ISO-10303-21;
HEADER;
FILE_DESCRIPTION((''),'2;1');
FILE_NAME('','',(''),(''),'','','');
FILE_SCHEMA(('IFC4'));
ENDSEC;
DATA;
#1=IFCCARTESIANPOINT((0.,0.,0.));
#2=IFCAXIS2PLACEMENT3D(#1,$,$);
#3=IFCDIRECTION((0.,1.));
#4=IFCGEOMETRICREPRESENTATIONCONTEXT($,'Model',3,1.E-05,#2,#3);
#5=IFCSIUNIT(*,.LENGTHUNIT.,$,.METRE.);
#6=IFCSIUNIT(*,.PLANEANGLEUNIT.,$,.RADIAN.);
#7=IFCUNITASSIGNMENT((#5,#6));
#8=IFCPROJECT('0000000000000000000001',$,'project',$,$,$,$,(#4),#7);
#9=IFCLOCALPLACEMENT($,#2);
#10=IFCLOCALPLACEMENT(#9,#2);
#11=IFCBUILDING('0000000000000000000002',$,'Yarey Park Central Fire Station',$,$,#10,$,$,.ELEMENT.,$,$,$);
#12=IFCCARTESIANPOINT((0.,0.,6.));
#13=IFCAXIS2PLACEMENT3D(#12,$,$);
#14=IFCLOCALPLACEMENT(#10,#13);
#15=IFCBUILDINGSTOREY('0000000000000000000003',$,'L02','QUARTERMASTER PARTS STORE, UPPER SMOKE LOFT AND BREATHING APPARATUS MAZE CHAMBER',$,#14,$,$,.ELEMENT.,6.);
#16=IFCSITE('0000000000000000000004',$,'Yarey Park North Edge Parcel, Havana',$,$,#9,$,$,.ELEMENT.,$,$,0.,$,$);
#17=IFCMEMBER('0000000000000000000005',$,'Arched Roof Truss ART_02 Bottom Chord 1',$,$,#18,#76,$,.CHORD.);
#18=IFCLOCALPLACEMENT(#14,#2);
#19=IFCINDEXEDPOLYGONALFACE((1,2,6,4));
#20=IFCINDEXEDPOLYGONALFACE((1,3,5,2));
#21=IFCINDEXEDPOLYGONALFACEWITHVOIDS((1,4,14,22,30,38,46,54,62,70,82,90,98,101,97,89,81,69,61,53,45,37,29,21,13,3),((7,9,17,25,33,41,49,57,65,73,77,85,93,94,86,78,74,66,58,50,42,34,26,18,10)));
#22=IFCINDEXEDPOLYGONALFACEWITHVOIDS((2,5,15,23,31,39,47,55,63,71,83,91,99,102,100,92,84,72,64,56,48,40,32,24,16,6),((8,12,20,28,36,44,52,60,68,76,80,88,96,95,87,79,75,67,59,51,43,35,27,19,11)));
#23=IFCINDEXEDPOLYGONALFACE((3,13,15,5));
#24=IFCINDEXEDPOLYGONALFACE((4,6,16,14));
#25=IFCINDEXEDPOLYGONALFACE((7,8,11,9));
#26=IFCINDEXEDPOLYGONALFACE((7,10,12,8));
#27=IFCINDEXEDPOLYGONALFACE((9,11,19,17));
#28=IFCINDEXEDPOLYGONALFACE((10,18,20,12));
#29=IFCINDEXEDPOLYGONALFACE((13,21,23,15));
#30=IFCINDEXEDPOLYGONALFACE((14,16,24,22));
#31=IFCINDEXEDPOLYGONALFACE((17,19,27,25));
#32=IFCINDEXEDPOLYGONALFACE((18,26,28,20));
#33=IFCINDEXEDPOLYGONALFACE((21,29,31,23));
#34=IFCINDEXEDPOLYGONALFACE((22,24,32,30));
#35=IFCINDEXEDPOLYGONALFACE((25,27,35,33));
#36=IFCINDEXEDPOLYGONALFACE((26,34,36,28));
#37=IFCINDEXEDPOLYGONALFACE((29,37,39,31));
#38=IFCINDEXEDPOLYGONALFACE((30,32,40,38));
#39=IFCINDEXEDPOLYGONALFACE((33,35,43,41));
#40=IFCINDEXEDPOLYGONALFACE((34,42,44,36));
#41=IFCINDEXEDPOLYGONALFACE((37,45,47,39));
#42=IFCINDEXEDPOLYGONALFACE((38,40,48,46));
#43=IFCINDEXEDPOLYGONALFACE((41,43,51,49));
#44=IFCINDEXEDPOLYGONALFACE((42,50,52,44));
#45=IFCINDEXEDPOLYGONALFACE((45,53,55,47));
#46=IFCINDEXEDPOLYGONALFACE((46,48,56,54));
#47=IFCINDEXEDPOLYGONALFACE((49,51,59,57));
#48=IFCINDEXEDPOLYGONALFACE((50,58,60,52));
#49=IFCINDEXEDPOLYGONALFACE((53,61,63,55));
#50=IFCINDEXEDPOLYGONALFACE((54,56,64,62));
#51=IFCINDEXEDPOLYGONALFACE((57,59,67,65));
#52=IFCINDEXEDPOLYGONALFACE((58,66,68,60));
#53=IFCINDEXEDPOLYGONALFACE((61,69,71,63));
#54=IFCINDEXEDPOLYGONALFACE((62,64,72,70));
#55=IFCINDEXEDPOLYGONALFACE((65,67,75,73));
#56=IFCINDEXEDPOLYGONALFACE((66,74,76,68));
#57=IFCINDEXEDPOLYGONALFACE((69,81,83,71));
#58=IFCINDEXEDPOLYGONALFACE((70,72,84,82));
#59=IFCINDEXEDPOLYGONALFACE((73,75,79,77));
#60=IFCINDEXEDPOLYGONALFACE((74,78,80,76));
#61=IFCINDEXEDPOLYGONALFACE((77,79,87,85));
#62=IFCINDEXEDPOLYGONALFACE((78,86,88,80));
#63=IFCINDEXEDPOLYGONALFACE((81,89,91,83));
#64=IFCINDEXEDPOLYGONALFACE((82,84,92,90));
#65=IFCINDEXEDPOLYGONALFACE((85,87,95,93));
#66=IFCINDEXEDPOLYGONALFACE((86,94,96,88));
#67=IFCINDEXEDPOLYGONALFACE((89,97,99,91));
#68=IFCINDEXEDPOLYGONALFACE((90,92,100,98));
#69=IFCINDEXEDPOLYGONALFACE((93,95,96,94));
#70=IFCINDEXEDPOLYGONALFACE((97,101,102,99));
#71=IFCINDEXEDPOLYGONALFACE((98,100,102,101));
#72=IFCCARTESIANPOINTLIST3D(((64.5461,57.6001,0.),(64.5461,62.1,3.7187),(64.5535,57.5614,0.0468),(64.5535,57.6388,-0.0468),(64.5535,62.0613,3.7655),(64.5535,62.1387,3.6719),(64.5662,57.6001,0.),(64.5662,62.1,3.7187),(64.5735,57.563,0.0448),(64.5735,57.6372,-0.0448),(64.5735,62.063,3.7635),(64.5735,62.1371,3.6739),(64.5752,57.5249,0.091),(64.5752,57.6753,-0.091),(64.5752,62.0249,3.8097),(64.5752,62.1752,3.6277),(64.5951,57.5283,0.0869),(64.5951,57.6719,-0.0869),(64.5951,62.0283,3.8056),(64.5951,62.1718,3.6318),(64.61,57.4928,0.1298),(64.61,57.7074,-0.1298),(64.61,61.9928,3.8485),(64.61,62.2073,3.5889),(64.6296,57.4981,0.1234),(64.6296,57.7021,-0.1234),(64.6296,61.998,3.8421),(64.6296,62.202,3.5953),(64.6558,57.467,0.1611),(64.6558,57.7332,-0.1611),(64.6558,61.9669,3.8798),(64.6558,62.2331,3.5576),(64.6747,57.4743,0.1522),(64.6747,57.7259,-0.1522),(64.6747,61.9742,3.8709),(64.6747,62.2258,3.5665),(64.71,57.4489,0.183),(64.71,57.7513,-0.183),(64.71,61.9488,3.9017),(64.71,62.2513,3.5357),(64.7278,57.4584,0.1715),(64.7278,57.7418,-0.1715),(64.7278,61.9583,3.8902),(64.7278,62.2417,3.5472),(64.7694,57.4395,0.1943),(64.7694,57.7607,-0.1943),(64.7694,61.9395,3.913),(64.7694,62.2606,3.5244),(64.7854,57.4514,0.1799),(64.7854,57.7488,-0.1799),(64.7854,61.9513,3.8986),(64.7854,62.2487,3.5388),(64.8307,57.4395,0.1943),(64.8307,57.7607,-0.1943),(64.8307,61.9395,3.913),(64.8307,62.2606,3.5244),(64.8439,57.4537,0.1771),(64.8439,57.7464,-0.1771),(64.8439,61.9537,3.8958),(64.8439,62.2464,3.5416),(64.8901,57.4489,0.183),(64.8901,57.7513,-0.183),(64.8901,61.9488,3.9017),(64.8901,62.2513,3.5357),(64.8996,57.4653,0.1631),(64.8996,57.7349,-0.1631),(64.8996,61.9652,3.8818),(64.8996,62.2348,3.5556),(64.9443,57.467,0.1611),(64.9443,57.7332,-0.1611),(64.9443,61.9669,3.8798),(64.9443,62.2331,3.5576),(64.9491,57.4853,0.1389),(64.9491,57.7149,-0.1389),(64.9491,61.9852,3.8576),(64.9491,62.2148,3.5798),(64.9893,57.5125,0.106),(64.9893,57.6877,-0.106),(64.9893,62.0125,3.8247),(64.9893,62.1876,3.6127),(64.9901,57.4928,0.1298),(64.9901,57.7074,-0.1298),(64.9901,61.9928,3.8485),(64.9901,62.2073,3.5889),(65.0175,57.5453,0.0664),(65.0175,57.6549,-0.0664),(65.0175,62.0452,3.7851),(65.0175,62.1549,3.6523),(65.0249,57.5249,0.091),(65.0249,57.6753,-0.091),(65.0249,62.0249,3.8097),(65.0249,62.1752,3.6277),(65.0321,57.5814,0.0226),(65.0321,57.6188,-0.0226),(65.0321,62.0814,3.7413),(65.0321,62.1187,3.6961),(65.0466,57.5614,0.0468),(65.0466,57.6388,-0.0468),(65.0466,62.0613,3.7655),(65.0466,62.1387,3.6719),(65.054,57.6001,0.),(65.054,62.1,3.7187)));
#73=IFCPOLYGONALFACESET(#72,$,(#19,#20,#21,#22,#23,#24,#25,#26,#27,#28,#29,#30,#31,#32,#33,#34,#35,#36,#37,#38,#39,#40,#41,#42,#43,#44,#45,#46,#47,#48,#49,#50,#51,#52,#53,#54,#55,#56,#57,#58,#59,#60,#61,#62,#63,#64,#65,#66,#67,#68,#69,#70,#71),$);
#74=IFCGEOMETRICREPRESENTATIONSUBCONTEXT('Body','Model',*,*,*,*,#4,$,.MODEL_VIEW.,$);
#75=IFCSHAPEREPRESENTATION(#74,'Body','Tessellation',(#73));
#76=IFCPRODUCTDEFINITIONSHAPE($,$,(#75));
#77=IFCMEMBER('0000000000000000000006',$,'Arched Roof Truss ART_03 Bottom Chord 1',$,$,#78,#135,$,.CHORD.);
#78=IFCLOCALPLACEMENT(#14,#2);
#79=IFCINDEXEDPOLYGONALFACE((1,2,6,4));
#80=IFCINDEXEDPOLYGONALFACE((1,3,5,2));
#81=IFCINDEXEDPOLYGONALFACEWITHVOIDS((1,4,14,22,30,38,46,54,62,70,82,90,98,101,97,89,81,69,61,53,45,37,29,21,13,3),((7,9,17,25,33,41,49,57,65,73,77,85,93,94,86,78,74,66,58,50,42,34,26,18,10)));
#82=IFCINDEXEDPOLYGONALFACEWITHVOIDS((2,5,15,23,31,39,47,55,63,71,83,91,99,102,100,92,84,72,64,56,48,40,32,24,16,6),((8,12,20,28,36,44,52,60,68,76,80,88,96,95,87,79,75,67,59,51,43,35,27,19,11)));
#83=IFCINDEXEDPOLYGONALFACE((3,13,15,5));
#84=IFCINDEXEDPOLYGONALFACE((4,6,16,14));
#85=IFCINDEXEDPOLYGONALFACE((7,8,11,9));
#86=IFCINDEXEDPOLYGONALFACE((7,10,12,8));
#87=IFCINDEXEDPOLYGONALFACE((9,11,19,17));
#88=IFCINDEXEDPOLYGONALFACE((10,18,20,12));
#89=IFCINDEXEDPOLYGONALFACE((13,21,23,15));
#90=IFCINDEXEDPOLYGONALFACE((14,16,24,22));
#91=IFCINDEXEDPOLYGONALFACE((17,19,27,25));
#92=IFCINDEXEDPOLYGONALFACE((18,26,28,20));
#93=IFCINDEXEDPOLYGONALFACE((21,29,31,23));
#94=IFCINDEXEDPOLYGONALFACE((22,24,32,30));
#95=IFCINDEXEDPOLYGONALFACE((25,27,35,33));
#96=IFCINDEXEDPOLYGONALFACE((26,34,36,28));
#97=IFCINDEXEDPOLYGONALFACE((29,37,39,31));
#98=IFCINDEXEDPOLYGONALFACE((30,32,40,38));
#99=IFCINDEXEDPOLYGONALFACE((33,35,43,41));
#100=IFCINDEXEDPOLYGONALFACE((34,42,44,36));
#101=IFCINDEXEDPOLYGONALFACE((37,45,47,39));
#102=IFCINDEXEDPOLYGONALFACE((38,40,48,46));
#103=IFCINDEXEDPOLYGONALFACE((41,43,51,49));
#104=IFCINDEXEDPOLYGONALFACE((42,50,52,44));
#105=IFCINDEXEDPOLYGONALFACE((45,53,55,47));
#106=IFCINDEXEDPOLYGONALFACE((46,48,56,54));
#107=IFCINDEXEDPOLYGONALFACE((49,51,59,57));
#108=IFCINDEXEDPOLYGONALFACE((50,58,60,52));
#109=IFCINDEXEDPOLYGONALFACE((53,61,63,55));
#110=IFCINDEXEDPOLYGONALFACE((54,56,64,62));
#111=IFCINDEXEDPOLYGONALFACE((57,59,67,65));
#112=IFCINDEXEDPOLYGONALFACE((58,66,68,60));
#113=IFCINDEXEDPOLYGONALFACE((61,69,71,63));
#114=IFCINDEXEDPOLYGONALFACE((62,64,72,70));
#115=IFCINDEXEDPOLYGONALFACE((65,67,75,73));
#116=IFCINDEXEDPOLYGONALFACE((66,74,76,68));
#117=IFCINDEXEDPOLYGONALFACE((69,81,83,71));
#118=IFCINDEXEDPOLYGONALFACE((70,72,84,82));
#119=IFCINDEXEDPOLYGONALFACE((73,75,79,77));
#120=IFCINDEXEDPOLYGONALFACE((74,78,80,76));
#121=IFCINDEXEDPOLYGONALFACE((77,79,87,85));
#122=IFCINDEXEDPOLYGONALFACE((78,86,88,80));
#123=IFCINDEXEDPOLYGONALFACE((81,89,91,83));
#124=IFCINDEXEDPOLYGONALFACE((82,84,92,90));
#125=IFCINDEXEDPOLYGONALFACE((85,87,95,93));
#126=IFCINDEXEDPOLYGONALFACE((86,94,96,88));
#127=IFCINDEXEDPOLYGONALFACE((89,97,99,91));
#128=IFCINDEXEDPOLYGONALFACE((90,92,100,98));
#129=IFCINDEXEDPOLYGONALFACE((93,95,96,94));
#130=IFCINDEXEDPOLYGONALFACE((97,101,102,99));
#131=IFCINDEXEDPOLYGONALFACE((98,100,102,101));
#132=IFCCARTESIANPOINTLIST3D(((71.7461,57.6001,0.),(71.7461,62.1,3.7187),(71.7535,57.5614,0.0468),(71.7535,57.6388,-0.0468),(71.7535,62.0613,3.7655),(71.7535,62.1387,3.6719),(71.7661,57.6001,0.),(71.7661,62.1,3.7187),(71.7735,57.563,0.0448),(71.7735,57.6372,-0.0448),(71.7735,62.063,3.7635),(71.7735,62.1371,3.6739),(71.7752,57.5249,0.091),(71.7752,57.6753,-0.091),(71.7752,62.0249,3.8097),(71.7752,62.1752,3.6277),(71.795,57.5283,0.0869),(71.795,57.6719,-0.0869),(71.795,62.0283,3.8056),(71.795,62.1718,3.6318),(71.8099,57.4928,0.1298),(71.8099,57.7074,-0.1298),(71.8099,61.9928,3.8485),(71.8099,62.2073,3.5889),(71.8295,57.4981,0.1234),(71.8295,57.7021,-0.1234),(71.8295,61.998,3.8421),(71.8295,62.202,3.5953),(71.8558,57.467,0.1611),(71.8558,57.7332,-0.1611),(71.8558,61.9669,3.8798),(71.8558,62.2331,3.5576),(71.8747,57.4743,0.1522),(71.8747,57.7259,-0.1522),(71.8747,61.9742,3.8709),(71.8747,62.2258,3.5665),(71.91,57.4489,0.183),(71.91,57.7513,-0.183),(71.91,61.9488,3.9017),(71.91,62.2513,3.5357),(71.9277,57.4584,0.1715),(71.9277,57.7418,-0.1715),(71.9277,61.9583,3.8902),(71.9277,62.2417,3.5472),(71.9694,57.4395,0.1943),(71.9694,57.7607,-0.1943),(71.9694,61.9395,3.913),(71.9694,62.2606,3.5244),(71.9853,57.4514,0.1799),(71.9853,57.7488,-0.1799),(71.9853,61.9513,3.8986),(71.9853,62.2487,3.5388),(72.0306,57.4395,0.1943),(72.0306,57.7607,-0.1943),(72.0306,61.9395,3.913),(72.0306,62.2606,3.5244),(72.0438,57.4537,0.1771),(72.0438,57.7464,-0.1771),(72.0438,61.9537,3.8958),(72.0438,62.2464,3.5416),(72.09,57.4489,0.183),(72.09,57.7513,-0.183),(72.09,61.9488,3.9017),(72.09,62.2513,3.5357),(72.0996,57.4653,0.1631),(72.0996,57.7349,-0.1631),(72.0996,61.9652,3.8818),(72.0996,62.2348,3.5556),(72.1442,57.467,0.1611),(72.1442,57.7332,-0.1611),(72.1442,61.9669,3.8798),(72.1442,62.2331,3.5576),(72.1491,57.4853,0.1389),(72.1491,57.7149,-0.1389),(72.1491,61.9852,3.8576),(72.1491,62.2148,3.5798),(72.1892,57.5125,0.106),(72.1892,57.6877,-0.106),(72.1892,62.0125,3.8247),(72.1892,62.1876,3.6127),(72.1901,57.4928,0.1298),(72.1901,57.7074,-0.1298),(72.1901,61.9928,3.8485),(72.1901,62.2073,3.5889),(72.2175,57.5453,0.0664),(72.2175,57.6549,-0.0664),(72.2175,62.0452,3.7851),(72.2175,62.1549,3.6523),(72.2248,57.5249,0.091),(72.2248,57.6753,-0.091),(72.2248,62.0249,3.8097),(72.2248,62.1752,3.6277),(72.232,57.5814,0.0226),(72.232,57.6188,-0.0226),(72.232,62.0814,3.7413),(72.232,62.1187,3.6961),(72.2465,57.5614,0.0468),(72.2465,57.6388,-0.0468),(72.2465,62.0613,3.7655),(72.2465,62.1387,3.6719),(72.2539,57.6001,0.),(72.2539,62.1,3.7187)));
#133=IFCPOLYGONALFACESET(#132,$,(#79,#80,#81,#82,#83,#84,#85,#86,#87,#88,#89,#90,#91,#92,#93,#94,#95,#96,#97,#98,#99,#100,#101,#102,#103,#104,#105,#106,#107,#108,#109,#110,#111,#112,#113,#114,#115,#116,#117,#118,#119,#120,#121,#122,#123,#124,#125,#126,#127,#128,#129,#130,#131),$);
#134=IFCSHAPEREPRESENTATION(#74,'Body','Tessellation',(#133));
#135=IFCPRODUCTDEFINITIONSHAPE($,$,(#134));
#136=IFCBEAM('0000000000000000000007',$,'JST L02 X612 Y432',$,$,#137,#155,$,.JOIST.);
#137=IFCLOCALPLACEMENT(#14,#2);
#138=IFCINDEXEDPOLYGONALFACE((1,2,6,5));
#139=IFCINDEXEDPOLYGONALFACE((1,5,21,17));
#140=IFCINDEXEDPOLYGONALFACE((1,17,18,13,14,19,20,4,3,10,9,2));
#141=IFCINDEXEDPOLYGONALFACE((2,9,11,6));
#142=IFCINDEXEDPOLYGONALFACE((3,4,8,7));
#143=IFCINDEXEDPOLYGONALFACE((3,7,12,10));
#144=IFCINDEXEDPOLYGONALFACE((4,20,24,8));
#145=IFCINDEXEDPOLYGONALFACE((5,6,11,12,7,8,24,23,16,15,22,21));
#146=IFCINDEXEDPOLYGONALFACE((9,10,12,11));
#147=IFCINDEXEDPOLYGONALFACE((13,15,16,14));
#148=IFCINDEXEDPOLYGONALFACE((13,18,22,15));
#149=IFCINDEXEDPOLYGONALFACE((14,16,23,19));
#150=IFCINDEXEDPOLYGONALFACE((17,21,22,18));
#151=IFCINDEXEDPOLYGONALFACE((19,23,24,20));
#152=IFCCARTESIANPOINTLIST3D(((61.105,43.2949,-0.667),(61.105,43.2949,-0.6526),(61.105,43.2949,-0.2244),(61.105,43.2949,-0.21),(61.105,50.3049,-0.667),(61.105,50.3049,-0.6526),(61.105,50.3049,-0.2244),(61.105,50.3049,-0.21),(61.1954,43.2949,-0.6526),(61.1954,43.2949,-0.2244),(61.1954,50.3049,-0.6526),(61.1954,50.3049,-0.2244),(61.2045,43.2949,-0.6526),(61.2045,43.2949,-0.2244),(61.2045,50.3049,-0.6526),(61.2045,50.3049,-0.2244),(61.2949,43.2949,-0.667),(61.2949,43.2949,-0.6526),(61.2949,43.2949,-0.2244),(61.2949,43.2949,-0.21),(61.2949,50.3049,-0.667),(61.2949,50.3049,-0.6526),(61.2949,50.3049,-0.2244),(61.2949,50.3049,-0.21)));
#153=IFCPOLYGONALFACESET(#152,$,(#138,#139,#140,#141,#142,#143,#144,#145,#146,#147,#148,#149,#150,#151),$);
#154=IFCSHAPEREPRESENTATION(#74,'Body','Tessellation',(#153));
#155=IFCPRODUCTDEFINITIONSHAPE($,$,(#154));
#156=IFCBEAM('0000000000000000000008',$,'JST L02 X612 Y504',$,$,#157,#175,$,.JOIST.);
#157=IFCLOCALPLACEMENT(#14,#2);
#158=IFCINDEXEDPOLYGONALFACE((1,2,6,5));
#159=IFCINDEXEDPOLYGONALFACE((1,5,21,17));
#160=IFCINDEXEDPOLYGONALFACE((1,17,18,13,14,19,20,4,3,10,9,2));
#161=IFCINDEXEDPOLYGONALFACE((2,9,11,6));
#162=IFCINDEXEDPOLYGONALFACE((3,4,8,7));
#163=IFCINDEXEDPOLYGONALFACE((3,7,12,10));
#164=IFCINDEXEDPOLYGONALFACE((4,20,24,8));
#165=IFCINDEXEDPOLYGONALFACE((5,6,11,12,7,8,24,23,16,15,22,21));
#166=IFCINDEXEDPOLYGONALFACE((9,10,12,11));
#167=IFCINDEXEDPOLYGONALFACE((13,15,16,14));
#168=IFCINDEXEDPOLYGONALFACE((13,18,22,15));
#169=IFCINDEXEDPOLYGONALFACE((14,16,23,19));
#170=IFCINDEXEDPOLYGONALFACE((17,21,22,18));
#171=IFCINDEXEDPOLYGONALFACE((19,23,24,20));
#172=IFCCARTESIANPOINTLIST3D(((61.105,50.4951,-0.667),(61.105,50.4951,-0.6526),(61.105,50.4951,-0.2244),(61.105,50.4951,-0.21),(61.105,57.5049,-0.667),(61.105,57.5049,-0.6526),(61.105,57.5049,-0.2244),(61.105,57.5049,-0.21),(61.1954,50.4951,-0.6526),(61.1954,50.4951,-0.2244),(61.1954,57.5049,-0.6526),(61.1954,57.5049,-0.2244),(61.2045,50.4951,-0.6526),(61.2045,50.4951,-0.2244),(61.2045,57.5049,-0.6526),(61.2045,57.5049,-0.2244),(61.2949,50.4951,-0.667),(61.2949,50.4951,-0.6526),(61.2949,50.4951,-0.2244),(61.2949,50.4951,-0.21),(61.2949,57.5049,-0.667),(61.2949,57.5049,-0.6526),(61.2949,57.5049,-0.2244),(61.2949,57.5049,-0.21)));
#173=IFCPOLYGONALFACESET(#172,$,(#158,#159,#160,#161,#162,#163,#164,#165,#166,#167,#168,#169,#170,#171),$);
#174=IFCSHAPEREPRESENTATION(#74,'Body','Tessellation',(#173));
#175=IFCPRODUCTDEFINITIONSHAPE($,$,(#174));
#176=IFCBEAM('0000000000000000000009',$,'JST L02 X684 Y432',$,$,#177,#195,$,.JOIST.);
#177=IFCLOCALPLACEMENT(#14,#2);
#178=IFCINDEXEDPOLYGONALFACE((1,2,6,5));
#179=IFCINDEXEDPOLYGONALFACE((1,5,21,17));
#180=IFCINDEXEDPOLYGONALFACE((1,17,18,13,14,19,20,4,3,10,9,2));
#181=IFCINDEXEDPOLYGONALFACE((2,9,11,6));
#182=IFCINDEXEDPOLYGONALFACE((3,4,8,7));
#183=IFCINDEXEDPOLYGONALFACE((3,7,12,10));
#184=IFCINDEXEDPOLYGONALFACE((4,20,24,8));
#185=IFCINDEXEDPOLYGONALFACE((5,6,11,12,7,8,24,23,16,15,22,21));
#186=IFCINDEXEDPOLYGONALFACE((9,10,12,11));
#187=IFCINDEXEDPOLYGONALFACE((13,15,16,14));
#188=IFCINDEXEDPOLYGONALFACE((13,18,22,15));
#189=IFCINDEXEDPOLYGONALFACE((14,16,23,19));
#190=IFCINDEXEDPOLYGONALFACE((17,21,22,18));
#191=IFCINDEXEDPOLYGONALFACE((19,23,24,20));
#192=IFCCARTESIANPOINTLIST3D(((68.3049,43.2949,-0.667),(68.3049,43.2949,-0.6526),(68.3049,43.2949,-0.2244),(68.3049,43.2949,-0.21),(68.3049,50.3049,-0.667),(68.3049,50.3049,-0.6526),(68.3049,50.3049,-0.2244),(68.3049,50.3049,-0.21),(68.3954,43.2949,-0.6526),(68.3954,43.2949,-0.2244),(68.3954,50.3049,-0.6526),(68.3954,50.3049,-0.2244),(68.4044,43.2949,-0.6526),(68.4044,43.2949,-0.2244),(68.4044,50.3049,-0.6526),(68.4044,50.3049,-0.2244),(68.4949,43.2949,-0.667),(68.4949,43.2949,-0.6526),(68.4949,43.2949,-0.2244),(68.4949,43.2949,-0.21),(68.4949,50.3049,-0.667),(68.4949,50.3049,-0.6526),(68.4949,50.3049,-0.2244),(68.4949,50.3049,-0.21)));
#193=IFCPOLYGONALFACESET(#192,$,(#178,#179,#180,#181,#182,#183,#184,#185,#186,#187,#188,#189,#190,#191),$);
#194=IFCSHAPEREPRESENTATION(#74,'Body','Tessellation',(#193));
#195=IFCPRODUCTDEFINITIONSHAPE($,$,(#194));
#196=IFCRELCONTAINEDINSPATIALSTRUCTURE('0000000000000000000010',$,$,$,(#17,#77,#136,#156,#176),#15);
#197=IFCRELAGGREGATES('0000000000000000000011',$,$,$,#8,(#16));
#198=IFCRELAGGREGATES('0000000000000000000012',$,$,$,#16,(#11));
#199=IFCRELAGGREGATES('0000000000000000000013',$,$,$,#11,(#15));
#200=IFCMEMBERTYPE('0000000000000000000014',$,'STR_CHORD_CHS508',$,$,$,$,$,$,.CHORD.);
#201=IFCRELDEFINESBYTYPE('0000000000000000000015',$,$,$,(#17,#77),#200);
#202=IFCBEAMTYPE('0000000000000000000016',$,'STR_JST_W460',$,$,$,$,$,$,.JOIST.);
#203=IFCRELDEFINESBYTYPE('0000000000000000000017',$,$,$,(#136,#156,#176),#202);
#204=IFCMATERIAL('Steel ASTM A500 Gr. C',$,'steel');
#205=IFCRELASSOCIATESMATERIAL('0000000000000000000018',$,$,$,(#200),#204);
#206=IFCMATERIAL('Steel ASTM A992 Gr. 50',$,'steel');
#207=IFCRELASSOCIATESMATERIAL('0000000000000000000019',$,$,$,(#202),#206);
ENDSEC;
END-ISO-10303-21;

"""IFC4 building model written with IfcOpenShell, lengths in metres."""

from ifc_helpers import new_model, si_unit, direction, frame, origin, origin_2d, place, context, subcontext, project, spatial, hollow_circle, i_section, extrude, material, material_profile, profile_set, type_object, element, save


model = new_model("IFC4")

# Units and contexts
model_context = context("Model", 3, precision=1e-05, world=origin(), true_north=direction((0.0, 1.0)))
body_context = subcontext(model_context, "Body", "Model", "MODEL_VIEW")
ifc_project = project(units=[si_unit("LENGTHUNIT", "METRE"), si_unit("PLANEANGLEUNIT", "RADIAN")], contexts=[model_context])

# Site, building, storey
site_placement = place(None, origin())
site = spatial("IfcSite", under=ifc_project, at=site_placement, Name="Yarey Park North Edge Parcel, Havana", CompositionType="ELEMENT", RefElevation=0.0)
building_placement = place(site_placement, origin())
building = spatial("IfcBuilding", under=site, at=building_placement, Name="Yarey Park Central Fire Station", CompositionType="ELEMENT")
storey_placement = place(building_placement, frame((0.0, 0.0, 6.0)))
storey = spatial("IfcBuildingStorey", under=building, at=storey_placement, Name="L02", Description="QUARTERMASTER PARTS STORE, UPPER SMOKE LOFT AND BREATHING APPARATUS MAZE CHAMBER", CompositionType="ELEMENT", Elevation=6.0)

# Shared definitions
ifc_material_1 = material(Name="Steel ASTM A992 Gr. 50", Category="steel")

# Members
ifc_material_2 = material(Name="Steel ASTM A500 Gr. C", Category="steel")
ifc_material_profile_1 = material_profile(ifc_material_2, hollow_circle(Radius=0.2539, WallThickness=0.02, at=origin_2d()), Name="CHS 508x20")
ifc_profile_set_1 = profile_set([ifc_material_profile_1], Name="Steel ASTM A500 Gr. C")
member_type_1 = type_object("IfcMemberType", Name="STR_CHORD_CHS508", PredefinedType="CHORD", material=ifc_profile_set_1)
for number, where, z_axis, x_axis, name in (
    (1, (64.8, 57.6001, 0.0), (0.0, 0.770847, 0.63702), (-1.0, 0.0, 0.0), "Arched Roof Truss ART_02 Bottom Chord 1"),
    (2, (72.0, 57.6001, 0.0), (0.0, 0.770847, 0.63702), (-1.0, 0.0, 0.0), "Arched Roof Truss ART_03 Bottom Chord 1"),
):
    element("IfcMember", number, at=place(storey_placement, frame(where, z_axis=z_axis, x_axis=x_axis)), inside=storey, type_object=member_type_1, Name=name, PredefinedType="CHORD", context=body_context, shape_type="SweptSolid", body=[
        extrude(hollow_circle(Radius=0.2539, WallThickness=0.02, at=origin_2d()), origin(), (0.0, 0.0, 1.0), 5.8376),
    ])

# Beams
ifc_material_profile_2 = material_profile(ifc_material_1, i_section(OverallWidth=0.1899, OverallDepth=0.457, WebThickness=0.009, FlangeThickness=0.0144, at=origin_2d()), Name="W460x74")
ifc_profile_set_2 = profile_set([ifc_material_profile_2], Name="Steel ASTM A992 Gr. 50")
beam_type_1 = type_object("IfcBeamType", Name="STR_JST_W460", PredefinedType="JOIST", material=ifc_profile_set_2)
beam_1_placement = place(storey_placement, frame((61.2, 43.2949, -0.4385), z_axis=(0.0, 1.0, 0.0), x_axis=(-1.0, 0.0, 0.0)))
element("IfcBeam", 3, at=beam_1_placement, inside=storey, type_object=beam_type_1, Name="JST L02 X612 Y432", PredefinedType="JOIST", context=body_context, shape_type="SweptSolid", body=[
    extrude(i_section(OverallWidth=0.1899, OverallDepth=0.457, WebThickness=0.009, FlangeThickness=0.0144, at=origin_2d()), origin(), (0.0, 0.0, 1.0), 7.01),
])
beam_2_placement = place(storey_placement, frame((61.2, 50.4951, -0.4385), z_axis=(0.0, 1.0, 0.0), x_axis=(-1.0, 0.0, 0.0)))
element("IfcBeam", 4, at=beam_2_placement, inside=storey, type_object=beam_type_1, Name="JST L02 X612 Y504", PredefinedType="JOIST", context=body_context, shape_type="SweptSolid", body=[
    extrude(i_section(OverallWidth=0.1899, OverallDepth=0.457, WebThickness=0.009, FlangeThickness=0.0144, at=origin_2d()), origin(), (0.0, 0.0, 1.0), 7.0098),
])
beam_3_placement = place(storey_placement, frame((68.3999, 43.2949, -0.4385), z_axis=(0.0, 1.0, 0.0), x_axis=(-1.0, 0.0, 0.0)))
element("IfcBeam", 5, at=beam_3_placement, inside=storey, type_object=beam_type_1, Name="JST L02 X684 Y432", PredefinedType="JOIST", context=body_context, shape_type="SweptSolid", body=[
    extrude(i_section(OverallWidth=0.1899, OverallDepth=0.457, WebThickness=0.009, FlangeThickness=0.0144, at=origin_2d()), origin(), (0.0, 0.0, 1.0), 7.01),
])

save(model, "model.ifc")
